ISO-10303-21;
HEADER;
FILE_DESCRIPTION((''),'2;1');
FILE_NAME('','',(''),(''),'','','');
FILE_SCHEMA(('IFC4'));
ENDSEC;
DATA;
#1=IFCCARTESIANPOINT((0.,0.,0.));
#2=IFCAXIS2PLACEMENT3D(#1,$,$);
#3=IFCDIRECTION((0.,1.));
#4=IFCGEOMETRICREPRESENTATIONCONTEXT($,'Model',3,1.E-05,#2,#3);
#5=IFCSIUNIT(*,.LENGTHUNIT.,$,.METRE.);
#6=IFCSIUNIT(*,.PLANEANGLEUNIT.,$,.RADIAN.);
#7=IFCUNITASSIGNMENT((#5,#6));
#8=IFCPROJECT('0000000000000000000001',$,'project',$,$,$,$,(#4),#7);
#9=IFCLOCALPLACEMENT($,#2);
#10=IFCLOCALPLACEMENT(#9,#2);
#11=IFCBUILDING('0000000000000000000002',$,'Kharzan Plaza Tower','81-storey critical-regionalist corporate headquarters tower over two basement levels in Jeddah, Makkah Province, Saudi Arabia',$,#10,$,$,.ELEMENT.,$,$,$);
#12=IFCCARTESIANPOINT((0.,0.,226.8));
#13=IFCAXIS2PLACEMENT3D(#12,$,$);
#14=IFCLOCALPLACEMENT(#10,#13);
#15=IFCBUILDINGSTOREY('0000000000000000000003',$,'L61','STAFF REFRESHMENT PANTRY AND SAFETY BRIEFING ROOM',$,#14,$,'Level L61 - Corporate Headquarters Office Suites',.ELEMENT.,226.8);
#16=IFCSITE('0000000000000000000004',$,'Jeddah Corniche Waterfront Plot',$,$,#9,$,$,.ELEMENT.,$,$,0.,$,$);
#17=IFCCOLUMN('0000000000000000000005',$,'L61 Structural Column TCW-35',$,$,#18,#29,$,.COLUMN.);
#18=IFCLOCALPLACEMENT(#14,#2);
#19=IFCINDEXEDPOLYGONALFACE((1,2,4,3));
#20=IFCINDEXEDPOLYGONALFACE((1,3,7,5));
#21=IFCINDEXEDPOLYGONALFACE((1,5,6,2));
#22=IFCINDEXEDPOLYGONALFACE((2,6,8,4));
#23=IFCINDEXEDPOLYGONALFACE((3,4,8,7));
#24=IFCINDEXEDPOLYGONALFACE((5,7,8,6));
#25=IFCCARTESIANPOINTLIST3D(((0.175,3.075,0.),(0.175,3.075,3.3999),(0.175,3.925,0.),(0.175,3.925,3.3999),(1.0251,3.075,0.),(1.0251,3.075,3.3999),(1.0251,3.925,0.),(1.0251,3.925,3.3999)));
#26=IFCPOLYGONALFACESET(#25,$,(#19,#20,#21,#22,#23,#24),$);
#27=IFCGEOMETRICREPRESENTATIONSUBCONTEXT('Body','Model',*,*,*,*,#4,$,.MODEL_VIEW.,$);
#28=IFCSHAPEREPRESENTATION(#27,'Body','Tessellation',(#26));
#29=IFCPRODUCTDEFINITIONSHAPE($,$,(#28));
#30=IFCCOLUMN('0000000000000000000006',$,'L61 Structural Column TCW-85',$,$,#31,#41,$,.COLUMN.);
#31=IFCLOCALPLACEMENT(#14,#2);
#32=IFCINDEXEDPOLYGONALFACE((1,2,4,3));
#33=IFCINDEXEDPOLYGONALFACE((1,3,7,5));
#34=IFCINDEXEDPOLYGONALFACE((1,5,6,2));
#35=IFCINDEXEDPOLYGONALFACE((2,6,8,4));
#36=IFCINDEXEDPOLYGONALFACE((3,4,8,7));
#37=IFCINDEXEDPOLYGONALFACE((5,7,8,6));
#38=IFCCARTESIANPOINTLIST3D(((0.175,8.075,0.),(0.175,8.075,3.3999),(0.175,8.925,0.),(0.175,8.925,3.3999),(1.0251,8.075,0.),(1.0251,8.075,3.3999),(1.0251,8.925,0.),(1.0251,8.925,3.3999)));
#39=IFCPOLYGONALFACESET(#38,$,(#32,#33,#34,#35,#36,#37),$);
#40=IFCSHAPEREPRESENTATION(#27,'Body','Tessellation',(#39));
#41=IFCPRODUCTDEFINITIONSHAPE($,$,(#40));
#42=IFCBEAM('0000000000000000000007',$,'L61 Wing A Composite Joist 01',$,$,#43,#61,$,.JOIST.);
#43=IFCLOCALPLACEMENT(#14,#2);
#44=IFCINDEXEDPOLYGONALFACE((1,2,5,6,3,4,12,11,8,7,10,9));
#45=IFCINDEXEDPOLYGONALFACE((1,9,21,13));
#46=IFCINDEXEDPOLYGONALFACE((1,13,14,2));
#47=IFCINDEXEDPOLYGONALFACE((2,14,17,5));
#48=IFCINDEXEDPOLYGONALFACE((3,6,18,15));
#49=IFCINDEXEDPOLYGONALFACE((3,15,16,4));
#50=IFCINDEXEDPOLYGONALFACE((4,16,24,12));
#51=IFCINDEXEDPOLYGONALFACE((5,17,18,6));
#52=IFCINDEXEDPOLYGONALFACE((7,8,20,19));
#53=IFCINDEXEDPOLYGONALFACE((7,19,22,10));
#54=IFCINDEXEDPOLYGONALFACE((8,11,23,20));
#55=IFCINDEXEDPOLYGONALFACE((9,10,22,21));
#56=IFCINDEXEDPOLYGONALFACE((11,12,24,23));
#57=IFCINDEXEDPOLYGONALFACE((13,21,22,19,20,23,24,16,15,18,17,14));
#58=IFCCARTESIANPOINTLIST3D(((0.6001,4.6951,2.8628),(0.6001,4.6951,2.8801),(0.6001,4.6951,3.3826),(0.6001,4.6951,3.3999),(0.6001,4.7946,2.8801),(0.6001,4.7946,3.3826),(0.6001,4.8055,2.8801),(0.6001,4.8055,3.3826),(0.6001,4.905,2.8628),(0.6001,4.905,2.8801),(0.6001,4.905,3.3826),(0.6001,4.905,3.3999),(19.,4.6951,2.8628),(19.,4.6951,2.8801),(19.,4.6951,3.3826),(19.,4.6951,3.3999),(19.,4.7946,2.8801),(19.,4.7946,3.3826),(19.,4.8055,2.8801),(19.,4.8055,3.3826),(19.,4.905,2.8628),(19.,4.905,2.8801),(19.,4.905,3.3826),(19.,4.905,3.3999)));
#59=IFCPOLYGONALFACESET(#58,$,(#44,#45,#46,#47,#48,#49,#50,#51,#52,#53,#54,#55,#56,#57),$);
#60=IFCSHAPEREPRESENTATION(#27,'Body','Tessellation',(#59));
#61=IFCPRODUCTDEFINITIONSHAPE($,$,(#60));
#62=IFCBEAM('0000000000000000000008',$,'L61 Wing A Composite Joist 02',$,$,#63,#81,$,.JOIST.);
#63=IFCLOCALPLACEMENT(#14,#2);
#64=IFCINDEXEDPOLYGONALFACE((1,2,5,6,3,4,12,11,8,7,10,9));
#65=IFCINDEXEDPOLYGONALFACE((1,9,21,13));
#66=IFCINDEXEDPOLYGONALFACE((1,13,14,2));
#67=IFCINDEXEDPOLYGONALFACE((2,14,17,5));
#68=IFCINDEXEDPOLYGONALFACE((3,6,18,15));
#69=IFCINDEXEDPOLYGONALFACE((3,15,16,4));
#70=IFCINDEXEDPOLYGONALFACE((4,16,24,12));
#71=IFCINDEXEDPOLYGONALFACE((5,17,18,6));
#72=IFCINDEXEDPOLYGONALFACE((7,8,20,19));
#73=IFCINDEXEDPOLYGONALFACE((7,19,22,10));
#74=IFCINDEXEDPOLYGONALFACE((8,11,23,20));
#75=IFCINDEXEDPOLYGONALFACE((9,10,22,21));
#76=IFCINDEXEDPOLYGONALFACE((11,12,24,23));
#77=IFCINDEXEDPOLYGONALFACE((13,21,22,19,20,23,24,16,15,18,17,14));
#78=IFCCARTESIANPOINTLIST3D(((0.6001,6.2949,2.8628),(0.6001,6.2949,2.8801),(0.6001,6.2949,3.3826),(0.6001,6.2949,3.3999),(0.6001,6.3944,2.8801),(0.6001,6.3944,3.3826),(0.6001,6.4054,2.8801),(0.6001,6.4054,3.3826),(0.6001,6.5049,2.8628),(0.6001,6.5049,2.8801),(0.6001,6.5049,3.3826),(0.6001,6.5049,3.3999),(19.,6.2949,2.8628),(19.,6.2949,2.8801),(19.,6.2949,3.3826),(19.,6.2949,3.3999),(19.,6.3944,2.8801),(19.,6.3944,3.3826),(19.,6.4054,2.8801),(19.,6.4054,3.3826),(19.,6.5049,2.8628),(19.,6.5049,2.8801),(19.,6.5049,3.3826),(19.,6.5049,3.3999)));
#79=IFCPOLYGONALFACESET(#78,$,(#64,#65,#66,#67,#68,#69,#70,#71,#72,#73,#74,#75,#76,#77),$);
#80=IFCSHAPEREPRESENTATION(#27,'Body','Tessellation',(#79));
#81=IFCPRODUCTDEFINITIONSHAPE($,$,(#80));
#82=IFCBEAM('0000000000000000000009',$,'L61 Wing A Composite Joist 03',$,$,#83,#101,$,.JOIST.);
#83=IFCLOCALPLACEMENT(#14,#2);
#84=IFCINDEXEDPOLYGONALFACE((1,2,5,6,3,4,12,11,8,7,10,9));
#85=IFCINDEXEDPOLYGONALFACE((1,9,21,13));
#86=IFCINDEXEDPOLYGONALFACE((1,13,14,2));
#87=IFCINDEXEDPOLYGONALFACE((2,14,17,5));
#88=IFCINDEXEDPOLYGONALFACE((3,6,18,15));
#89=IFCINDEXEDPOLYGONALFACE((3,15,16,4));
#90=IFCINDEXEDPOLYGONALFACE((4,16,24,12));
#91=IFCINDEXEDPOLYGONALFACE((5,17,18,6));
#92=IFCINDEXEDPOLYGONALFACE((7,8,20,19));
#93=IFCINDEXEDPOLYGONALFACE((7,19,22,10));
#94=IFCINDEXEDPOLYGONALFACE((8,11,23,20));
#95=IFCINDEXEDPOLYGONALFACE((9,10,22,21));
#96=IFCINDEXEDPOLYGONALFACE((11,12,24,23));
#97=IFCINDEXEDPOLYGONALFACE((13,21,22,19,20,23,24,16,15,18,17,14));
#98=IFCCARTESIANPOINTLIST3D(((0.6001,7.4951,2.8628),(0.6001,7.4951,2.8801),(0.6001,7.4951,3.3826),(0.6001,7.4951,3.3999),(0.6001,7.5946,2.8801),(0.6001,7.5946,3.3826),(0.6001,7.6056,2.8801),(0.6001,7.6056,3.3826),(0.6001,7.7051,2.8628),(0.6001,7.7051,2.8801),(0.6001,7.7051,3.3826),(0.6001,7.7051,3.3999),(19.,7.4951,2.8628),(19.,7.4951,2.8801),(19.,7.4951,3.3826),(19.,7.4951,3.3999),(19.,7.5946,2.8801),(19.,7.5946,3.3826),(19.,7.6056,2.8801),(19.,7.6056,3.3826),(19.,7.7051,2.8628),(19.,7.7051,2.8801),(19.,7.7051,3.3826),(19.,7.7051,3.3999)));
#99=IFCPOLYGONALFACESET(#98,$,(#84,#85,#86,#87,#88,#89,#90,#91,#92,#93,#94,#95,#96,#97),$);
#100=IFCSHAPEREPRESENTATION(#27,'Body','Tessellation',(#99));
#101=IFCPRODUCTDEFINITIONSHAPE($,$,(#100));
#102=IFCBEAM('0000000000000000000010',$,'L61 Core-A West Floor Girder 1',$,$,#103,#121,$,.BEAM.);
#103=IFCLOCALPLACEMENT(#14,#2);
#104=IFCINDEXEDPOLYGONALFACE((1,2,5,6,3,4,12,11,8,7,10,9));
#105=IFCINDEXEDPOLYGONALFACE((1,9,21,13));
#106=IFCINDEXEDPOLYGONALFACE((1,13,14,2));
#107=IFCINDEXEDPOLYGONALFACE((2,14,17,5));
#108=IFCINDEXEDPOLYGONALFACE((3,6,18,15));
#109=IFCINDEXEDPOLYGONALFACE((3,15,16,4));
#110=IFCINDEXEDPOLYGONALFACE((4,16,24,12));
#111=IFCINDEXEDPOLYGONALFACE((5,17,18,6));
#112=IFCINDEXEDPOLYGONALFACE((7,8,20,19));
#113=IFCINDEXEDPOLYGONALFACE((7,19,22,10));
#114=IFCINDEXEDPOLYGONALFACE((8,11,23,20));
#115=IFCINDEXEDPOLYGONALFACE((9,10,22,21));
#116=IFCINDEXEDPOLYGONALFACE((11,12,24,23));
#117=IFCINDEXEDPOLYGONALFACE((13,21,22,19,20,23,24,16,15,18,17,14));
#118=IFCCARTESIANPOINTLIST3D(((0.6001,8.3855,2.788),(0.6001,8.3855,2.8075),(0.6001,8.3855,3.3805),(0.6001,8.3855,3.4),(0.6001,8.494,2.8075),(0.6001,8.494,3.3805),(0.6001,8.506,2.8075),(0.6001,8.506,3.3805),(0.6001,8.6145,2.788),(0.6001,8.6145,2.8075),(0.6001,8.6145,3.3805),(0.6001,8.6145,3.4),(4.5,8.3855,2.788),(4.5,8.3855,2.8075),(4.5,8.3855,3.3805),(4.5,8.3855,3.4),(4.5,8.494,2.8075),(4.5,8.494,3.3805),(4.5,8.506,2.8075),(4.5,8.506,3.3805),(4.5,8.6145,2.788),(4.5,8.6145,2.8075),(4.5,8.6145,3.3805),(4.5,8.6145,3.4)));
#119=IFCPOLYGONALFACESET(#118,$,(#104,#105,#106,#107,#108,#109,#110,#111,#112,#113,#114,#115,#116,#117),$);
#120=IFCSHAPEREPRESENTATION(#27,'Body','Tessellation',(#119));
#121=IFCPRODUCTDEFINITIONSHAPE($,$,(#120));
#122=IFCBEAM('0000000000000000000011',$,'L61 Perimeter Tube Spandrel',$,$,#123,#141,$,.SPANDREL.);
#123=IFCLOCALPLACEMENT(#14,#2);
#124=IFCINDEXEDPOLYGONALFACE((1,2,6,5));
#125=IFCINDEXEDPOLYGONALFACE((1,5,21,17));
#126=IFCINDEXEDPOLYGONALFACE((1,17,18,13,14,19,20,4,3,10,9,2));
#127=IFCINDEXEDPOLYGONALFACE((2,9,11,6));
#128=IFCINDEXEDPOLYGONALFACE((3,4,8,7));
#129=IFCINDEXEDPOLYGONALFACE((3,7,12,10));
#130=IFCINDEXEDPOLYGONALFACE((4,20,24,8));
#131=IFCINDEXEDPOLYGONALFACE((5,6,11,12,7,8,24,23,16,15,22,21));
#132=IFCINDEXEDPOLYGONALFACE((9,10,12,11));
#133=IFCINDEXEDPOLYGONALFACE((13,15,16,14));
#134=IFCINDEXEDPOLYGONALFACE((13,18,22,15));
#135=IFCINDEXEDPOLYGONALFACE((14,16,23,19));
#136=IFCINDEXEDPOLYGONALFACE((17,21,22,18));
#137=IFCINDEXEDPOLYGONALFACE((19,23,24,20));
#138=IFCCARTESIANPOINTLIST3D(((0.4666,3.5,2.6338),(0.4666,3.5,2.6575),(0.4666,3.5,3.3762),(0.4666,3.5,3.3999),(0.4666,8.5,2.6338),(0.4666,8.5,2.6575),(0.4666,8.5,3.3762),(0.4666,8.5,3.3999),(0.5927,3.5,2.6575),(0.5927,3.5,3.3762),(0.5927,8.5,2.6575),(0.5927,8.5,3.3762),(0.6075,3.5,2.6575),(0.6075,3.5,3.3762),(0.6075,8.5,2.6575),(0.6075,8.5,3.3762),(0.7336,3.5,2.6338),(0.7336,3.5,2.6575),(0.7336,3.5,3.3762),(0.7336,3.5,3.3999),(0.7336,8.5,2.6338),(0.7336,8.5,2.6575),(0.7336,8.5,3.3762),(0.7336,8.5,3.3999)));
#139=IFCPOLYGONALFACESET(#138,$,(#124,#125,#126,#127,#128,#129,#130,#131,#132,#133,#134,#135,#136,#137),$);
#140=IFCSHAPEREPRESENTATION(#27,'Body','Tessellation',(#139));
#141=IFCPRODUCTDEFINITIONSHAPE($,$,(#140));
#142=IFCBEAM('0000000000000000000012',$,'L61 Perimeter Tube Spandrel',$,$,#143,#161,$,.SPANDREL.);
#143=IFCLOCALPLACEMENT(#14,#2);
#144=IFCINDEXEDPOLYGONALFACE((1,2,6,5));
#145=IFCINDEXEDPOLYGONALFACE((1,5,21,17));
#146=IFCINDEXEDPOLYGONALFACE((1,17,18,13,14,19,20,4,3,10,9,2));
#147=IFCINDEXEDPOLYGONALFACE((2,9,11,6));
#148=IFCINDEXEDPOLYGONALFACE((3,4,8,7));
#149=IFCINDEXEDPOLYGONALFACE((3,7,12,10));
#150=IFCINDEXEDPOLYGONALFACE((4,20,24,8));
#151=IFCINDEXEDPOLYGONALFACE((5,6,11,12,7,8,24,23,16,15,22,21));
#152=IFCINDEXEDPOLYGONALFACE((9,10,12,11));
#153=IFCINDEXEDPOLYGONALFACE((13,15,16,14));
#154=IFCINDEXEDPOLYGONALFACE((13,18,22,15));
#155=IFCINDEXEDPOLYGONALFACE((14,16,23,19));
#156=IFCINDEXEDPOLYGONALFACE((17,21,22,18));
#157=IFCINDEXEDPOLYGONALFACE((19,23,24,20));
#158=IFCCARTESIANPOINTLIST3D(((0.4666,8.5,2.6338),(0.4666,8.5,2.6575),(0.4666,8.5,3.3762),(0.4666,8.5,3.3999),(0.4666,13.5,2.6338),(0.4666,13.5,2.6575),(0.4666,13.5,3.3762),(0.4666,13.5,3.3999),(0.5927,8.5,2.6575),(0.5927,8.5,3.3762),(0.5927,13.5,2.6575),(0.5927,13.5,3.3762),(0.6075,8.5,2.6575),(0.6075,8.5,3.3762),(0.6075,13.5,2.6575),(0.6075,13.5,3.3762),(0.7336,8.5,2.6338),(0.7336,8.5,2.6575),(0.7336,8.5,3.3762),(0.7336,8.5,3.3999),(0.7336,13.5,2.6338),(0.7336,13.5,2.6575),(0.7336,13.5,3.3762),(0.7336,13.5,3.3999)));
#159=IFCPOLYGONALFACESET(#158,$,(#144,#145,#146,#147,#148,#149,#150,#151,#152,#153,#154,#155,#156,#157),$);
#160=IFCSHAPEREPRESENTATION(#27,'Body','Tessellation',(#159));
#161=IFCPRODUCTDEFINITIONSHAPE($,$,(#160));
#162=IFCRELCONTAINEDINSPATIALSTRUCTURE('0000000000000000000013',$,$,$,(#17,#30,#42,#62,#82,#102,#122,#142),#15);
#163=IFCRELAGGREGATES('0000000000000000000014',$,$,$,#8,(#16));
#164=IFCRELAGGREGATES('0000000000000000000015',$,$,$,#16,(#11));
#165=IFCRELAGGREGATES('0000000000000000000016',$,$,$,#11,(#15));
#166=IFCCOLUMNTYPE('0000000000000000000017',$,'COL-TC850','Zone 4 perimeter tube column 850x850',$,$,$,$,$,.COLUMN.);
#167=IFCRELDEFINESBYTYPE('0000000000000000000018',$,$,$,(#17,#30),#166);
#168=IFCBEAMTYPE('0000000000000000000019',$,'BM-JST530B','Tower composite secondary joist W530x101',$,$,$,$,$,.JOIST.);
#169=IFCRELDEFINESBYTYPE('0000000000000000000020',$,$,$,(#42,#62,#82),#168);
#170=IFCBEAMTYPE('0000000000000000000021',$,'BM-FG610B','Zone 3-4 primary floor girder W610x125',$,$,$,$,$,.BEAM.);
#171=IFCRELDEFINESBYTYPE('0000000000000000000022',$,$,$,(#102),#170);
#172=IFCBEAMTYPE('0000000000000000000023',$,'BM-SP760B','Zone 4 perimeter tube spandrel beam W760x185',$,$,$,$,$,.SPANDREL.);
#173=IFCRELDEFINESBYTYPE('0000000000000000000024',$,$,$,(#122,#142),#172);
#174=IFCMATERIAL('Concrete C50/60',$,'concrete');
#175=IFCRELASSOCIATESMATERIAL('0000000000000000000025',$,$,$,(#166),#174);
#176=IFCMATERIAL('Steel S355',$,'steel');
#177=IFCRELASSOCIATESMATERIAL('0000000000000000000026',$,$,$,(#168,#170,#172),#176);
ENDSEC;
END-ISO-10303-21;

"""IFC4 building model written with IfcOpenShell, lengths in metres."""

from ifc_helpers import new_model, si_unit, direction, frame, origin, origin_2d, place, context, subcontext, project, spatial, rectangle, i_section, extrude, source, transform, mapped, material, material_profile, profile_set, type_object, element, save


model = new_model("IFC4")

# Units and contexts
model_context = context("Model", 3, precision=1e-05, world=origin(), true_north=direction((0.0, 1.0)))
body_context = subcontext(model_context, "Body", "Model", "MODEL_VIEW")
ifc_project = project(units=[si_unit("LENGTHUNIT", "METRE"), si_unit("PLANEANGLEUNIT", "RADIAN")], contexts=[model_context])

# Site, building, storey
site_placement = place(None, origin())
site = spatial("IfcSite", under=ifc_project, at=site_placement, Name="Jeddah Corniche Waterfront Plot", CompositionType="ELEMENT", RefElevation=0.0)
building_placement = place(site_placement, origin())
building = spatial("IfcBuilding", under=site, at=building_placement, Name="Kharzan Plaza Tower", Description="81-storey critical-regionalist corporate headquarters tower over two basement levels in Jeddah, Makkah Province, Saudi Arabia", CompositionType="ELEMENT")
storey_placement = place(building_placement, frame((0.0, 0.0, 226.8)))
storey = spatial("IfcBuildingStorey", under=building, at=storey_placement, Name="L61", Description="STAFF REFRESHMENT PANTRY AND SAFETY BRIEFING ROOM", LongName="Level L61 - Corporate Headquarters Office Suites", CompositionType="ELEMENT", Elevation=226.8)

# Columns
ifc_material_1 = material(Name="Concrete C50/60", Category="concrete")
ifc_material_profile_1 = material_profile(ifc_material_1, rectangle(XDim=0.8501, YDim=0.8501, at=origin_2d()), Name="RC-TC850x850")
ifc_profile_set_1 = profile_set([ifc_material_profile_1], Name="Concrete C50/60")
column_type = type_object("IfcColumnType", Name="COL-TC850", Description="Zone 4 perimeter tube column 850x850", PredefinedType="COLUMN", material=ifc_profile_set_1)
shared_shape_1 = source(origin(), body_context, "Body", "SweptSolid", [
    extrude(rectangle(XDim=0.8501, YDim=0.8501, at=origin_2d()), origin(), (0.0, 0.0, 1.0), 3.3999),
])
for number, where, z_axis, x_axis, name in (
    (1, (0.6001, 3.5, 0.0), (0.0, 0.0, 1.0), (1.0, 0.0, 0.0), "L61 Structural Column TCW-35"),
    (2, (0.6001, 8.5, 0.0), (0.0, 0.0, 1.0), (1.0, 0.0, 0.0), "L61 Structural Column TCW-85"),
):
    element("IfcColumn", number, at=place(storey_placement, frame(where, z_axis=z_axis, x_axis=x_axis)), inside=storey, type_object=column_type, Name=name, PredefinedType="COLUMN", context=body_context, shape_type="MappedRepresentation", body=[
        mapped(shared_shape_1, transform((0.0, 0.0, 0.0), x_axis=(1.0, 0.0, 0.0), y_axis=(0.0, 1.0, 0.0), z_axis=(0.0, 0.0, 1.0))),
    ])

# Beams
ifc_material_2 = material(Name="Steel S355", Category="steel")
ifc_material_profile_2 = material_profile(ifc_material_2, i_section(OverallWidth=0.21, OverallDepth=0.5371, WebThickness=0.011, FlangeThickness=0.0173, at=origin_2d()), Name="W530x101")
ifc_profile_set_2 = profile_set([ifc_material_profile_2], Name="Steel S355")
beam_type_1 = type_object("IfcBeamType", Name="BM-JST530B", Description="Tower composite secondary joist W530x101", PredefinedType="JOIST", material=ifc_profile_set_2)
shared_shape_2 = source(origin(), body_context, "Body", "SweptSolid", [
    extrude(i_section(OverallWidth=0.21, OverallDepth=0.5371, WebThickness=0.011, FlangeThickness=0.0173, at=origin_2d()), origin(), (0.0, 0.0, 1.0), 18.3999),
])
for number, where, z_axis, x_axis, name in (
    (3, (0.6001, 4.8, 3.1313), (1.0, 0.0, 0.0), (0.0, 1.0, 0.0), "L61 Wing A Composite Joist 01"),
    (4, (0.6001, 6.3999, 3.1313), (1.0, 0.0, 0.0), (0.0, 1.0, 0.0), "L61 Wing A Composite Joist 02"),
    (5, (0.6001, 7.6001, 3.1313), (1.0, 0.0, 0.0), (0.0, 1.0, 0.0), "L61 Wing A Composite Joist 03"),
):
    element("IfcBeam", number, at=place(storey_placement, frame(where, z_axis=z_axis, x_axis=x_axis)), inside=storey, type_object=beam_type_1, Name=name, PredefinedType="JOIST", context=body_context, shape_type="MappedRepresentation", body=[
        mapped(shared_shape_2, transform((0.0, 0.0, 0.0), x_axis=(1.0, 0.0, 0.0), y_axis=(0.0, 1.0, 0.0), z_axis=(0.0, 0.0, 1.0))),
    ])
ifc_material_profile_3 = material_profile(ifc_material_2, i_section(OverallWidth=0.229, OverallDepth=0.6121, WebThickness=0.012, FlangeThickness=0.0195, at=origin_2d()), Name="W610x125")
ifc_profile_set_3 = profile_set([ifc_material_profile_3], Name="Steel S355")
beam_type_2 = type_object("IfcBeamType", Name="BM-FG610B", Description="Zone 3-4 primary floor girder W610x125", PredefinedType="BEAM", material=ifc_profile_set_3)
shared_shape_3 = source(origin(), body_context, "Body", "SweptSolid", [
    extrude(i_section(OverallWidth=0.229, OverallDepth=0.6121, WebThickness=0.012, FlangeThickness=0.0195, at=origin_2d()), origin(), (0.0, 0.0, 1.0), 3.8999),
])
beam_placement = place(storey_placement, frame((0.6001, 8.5, 3.094), z_axis=(1.0, 0.0, 0.0), x_axis=(0.0, 1.0, 0.0)))
element("IfcBeam", 6, at=beam_placement, inside=storey, type_object=beam_type_2, Name="L61 Core-A West Floor Girder 1", PredefinedType="BEAM", context=body_context, shape_type="MappedRepresentation", body=[
    mapped(shared_shape_3, transform((0.0, 0.0, 0.0), x_axis=(1.0, 0.0, 0.0), y_axis=(0.0, 1.0, 0.0), z_axis=(0.0, 0.0, 1.0))),
])
ifc_material_profile_4 = material_profile(ifc_material_2, i_section(OverallWidth=0.2671, OverallDepth=0.7661, WebThickness=0.0149, FlangeThickness=0.0237, at=origin_2d()), Name="W760x185")
ifc_profile_set_4 = profile_set([ifc_material_profile_4], Name="Steel S355")
beam_type_3 = type_object("IfcBeamType", Name="BM-SP760B", Description="Zone 4 perimeter tube spandrel beam W760x185", PredefinedType="SPANDREL", material=ifc_profile_set_4)
shared_shape_4 = source(origin(), body_context, "Body", "SweptSolid", [
    extrude(i_section(OverallWidth=0.2671, OverallDepth=0.7661, WebThickness=0.0149, FlangeThickness=0.0237, at=origin_2d()), origin(), (0.0, 0.0, 1.0), 5.0),
])
for number, where, z_axis, x_axis, name in (
    (7, (0.6001, 3.5, 3.0168), (0.0, 1.0, 0.0), (-1.0, 0.0, 0.0), "L61 Perimeter Tube Spandrel"),
    (8, (0.6001, 8.5, 3.0168), (0.0, 1.0, 0.0), (-1.0, 0.0, 0.0), "L61 Perimeter Tube Spandrel"),
):
    element("IfcBeam", number, at=place(storey_placement, frame(where, z_axis=z_axis, x_axis=x_axis)), inside=storey, type_object=beam_type_3, Name=name, PredefinedType="SPANDREL", context=body_context, shape_type="MappedRepresentation", body=[
        mapped(shared_shape_4, transform((0.0, 0.0, 0.0), x_axis=(1.0, 0.0, 0.0), y_axis=(0.0, 1.0, 0.0), z_axis=(0.0, 0.0, 1.0))),
    ])

save(model, "model.ifc")
